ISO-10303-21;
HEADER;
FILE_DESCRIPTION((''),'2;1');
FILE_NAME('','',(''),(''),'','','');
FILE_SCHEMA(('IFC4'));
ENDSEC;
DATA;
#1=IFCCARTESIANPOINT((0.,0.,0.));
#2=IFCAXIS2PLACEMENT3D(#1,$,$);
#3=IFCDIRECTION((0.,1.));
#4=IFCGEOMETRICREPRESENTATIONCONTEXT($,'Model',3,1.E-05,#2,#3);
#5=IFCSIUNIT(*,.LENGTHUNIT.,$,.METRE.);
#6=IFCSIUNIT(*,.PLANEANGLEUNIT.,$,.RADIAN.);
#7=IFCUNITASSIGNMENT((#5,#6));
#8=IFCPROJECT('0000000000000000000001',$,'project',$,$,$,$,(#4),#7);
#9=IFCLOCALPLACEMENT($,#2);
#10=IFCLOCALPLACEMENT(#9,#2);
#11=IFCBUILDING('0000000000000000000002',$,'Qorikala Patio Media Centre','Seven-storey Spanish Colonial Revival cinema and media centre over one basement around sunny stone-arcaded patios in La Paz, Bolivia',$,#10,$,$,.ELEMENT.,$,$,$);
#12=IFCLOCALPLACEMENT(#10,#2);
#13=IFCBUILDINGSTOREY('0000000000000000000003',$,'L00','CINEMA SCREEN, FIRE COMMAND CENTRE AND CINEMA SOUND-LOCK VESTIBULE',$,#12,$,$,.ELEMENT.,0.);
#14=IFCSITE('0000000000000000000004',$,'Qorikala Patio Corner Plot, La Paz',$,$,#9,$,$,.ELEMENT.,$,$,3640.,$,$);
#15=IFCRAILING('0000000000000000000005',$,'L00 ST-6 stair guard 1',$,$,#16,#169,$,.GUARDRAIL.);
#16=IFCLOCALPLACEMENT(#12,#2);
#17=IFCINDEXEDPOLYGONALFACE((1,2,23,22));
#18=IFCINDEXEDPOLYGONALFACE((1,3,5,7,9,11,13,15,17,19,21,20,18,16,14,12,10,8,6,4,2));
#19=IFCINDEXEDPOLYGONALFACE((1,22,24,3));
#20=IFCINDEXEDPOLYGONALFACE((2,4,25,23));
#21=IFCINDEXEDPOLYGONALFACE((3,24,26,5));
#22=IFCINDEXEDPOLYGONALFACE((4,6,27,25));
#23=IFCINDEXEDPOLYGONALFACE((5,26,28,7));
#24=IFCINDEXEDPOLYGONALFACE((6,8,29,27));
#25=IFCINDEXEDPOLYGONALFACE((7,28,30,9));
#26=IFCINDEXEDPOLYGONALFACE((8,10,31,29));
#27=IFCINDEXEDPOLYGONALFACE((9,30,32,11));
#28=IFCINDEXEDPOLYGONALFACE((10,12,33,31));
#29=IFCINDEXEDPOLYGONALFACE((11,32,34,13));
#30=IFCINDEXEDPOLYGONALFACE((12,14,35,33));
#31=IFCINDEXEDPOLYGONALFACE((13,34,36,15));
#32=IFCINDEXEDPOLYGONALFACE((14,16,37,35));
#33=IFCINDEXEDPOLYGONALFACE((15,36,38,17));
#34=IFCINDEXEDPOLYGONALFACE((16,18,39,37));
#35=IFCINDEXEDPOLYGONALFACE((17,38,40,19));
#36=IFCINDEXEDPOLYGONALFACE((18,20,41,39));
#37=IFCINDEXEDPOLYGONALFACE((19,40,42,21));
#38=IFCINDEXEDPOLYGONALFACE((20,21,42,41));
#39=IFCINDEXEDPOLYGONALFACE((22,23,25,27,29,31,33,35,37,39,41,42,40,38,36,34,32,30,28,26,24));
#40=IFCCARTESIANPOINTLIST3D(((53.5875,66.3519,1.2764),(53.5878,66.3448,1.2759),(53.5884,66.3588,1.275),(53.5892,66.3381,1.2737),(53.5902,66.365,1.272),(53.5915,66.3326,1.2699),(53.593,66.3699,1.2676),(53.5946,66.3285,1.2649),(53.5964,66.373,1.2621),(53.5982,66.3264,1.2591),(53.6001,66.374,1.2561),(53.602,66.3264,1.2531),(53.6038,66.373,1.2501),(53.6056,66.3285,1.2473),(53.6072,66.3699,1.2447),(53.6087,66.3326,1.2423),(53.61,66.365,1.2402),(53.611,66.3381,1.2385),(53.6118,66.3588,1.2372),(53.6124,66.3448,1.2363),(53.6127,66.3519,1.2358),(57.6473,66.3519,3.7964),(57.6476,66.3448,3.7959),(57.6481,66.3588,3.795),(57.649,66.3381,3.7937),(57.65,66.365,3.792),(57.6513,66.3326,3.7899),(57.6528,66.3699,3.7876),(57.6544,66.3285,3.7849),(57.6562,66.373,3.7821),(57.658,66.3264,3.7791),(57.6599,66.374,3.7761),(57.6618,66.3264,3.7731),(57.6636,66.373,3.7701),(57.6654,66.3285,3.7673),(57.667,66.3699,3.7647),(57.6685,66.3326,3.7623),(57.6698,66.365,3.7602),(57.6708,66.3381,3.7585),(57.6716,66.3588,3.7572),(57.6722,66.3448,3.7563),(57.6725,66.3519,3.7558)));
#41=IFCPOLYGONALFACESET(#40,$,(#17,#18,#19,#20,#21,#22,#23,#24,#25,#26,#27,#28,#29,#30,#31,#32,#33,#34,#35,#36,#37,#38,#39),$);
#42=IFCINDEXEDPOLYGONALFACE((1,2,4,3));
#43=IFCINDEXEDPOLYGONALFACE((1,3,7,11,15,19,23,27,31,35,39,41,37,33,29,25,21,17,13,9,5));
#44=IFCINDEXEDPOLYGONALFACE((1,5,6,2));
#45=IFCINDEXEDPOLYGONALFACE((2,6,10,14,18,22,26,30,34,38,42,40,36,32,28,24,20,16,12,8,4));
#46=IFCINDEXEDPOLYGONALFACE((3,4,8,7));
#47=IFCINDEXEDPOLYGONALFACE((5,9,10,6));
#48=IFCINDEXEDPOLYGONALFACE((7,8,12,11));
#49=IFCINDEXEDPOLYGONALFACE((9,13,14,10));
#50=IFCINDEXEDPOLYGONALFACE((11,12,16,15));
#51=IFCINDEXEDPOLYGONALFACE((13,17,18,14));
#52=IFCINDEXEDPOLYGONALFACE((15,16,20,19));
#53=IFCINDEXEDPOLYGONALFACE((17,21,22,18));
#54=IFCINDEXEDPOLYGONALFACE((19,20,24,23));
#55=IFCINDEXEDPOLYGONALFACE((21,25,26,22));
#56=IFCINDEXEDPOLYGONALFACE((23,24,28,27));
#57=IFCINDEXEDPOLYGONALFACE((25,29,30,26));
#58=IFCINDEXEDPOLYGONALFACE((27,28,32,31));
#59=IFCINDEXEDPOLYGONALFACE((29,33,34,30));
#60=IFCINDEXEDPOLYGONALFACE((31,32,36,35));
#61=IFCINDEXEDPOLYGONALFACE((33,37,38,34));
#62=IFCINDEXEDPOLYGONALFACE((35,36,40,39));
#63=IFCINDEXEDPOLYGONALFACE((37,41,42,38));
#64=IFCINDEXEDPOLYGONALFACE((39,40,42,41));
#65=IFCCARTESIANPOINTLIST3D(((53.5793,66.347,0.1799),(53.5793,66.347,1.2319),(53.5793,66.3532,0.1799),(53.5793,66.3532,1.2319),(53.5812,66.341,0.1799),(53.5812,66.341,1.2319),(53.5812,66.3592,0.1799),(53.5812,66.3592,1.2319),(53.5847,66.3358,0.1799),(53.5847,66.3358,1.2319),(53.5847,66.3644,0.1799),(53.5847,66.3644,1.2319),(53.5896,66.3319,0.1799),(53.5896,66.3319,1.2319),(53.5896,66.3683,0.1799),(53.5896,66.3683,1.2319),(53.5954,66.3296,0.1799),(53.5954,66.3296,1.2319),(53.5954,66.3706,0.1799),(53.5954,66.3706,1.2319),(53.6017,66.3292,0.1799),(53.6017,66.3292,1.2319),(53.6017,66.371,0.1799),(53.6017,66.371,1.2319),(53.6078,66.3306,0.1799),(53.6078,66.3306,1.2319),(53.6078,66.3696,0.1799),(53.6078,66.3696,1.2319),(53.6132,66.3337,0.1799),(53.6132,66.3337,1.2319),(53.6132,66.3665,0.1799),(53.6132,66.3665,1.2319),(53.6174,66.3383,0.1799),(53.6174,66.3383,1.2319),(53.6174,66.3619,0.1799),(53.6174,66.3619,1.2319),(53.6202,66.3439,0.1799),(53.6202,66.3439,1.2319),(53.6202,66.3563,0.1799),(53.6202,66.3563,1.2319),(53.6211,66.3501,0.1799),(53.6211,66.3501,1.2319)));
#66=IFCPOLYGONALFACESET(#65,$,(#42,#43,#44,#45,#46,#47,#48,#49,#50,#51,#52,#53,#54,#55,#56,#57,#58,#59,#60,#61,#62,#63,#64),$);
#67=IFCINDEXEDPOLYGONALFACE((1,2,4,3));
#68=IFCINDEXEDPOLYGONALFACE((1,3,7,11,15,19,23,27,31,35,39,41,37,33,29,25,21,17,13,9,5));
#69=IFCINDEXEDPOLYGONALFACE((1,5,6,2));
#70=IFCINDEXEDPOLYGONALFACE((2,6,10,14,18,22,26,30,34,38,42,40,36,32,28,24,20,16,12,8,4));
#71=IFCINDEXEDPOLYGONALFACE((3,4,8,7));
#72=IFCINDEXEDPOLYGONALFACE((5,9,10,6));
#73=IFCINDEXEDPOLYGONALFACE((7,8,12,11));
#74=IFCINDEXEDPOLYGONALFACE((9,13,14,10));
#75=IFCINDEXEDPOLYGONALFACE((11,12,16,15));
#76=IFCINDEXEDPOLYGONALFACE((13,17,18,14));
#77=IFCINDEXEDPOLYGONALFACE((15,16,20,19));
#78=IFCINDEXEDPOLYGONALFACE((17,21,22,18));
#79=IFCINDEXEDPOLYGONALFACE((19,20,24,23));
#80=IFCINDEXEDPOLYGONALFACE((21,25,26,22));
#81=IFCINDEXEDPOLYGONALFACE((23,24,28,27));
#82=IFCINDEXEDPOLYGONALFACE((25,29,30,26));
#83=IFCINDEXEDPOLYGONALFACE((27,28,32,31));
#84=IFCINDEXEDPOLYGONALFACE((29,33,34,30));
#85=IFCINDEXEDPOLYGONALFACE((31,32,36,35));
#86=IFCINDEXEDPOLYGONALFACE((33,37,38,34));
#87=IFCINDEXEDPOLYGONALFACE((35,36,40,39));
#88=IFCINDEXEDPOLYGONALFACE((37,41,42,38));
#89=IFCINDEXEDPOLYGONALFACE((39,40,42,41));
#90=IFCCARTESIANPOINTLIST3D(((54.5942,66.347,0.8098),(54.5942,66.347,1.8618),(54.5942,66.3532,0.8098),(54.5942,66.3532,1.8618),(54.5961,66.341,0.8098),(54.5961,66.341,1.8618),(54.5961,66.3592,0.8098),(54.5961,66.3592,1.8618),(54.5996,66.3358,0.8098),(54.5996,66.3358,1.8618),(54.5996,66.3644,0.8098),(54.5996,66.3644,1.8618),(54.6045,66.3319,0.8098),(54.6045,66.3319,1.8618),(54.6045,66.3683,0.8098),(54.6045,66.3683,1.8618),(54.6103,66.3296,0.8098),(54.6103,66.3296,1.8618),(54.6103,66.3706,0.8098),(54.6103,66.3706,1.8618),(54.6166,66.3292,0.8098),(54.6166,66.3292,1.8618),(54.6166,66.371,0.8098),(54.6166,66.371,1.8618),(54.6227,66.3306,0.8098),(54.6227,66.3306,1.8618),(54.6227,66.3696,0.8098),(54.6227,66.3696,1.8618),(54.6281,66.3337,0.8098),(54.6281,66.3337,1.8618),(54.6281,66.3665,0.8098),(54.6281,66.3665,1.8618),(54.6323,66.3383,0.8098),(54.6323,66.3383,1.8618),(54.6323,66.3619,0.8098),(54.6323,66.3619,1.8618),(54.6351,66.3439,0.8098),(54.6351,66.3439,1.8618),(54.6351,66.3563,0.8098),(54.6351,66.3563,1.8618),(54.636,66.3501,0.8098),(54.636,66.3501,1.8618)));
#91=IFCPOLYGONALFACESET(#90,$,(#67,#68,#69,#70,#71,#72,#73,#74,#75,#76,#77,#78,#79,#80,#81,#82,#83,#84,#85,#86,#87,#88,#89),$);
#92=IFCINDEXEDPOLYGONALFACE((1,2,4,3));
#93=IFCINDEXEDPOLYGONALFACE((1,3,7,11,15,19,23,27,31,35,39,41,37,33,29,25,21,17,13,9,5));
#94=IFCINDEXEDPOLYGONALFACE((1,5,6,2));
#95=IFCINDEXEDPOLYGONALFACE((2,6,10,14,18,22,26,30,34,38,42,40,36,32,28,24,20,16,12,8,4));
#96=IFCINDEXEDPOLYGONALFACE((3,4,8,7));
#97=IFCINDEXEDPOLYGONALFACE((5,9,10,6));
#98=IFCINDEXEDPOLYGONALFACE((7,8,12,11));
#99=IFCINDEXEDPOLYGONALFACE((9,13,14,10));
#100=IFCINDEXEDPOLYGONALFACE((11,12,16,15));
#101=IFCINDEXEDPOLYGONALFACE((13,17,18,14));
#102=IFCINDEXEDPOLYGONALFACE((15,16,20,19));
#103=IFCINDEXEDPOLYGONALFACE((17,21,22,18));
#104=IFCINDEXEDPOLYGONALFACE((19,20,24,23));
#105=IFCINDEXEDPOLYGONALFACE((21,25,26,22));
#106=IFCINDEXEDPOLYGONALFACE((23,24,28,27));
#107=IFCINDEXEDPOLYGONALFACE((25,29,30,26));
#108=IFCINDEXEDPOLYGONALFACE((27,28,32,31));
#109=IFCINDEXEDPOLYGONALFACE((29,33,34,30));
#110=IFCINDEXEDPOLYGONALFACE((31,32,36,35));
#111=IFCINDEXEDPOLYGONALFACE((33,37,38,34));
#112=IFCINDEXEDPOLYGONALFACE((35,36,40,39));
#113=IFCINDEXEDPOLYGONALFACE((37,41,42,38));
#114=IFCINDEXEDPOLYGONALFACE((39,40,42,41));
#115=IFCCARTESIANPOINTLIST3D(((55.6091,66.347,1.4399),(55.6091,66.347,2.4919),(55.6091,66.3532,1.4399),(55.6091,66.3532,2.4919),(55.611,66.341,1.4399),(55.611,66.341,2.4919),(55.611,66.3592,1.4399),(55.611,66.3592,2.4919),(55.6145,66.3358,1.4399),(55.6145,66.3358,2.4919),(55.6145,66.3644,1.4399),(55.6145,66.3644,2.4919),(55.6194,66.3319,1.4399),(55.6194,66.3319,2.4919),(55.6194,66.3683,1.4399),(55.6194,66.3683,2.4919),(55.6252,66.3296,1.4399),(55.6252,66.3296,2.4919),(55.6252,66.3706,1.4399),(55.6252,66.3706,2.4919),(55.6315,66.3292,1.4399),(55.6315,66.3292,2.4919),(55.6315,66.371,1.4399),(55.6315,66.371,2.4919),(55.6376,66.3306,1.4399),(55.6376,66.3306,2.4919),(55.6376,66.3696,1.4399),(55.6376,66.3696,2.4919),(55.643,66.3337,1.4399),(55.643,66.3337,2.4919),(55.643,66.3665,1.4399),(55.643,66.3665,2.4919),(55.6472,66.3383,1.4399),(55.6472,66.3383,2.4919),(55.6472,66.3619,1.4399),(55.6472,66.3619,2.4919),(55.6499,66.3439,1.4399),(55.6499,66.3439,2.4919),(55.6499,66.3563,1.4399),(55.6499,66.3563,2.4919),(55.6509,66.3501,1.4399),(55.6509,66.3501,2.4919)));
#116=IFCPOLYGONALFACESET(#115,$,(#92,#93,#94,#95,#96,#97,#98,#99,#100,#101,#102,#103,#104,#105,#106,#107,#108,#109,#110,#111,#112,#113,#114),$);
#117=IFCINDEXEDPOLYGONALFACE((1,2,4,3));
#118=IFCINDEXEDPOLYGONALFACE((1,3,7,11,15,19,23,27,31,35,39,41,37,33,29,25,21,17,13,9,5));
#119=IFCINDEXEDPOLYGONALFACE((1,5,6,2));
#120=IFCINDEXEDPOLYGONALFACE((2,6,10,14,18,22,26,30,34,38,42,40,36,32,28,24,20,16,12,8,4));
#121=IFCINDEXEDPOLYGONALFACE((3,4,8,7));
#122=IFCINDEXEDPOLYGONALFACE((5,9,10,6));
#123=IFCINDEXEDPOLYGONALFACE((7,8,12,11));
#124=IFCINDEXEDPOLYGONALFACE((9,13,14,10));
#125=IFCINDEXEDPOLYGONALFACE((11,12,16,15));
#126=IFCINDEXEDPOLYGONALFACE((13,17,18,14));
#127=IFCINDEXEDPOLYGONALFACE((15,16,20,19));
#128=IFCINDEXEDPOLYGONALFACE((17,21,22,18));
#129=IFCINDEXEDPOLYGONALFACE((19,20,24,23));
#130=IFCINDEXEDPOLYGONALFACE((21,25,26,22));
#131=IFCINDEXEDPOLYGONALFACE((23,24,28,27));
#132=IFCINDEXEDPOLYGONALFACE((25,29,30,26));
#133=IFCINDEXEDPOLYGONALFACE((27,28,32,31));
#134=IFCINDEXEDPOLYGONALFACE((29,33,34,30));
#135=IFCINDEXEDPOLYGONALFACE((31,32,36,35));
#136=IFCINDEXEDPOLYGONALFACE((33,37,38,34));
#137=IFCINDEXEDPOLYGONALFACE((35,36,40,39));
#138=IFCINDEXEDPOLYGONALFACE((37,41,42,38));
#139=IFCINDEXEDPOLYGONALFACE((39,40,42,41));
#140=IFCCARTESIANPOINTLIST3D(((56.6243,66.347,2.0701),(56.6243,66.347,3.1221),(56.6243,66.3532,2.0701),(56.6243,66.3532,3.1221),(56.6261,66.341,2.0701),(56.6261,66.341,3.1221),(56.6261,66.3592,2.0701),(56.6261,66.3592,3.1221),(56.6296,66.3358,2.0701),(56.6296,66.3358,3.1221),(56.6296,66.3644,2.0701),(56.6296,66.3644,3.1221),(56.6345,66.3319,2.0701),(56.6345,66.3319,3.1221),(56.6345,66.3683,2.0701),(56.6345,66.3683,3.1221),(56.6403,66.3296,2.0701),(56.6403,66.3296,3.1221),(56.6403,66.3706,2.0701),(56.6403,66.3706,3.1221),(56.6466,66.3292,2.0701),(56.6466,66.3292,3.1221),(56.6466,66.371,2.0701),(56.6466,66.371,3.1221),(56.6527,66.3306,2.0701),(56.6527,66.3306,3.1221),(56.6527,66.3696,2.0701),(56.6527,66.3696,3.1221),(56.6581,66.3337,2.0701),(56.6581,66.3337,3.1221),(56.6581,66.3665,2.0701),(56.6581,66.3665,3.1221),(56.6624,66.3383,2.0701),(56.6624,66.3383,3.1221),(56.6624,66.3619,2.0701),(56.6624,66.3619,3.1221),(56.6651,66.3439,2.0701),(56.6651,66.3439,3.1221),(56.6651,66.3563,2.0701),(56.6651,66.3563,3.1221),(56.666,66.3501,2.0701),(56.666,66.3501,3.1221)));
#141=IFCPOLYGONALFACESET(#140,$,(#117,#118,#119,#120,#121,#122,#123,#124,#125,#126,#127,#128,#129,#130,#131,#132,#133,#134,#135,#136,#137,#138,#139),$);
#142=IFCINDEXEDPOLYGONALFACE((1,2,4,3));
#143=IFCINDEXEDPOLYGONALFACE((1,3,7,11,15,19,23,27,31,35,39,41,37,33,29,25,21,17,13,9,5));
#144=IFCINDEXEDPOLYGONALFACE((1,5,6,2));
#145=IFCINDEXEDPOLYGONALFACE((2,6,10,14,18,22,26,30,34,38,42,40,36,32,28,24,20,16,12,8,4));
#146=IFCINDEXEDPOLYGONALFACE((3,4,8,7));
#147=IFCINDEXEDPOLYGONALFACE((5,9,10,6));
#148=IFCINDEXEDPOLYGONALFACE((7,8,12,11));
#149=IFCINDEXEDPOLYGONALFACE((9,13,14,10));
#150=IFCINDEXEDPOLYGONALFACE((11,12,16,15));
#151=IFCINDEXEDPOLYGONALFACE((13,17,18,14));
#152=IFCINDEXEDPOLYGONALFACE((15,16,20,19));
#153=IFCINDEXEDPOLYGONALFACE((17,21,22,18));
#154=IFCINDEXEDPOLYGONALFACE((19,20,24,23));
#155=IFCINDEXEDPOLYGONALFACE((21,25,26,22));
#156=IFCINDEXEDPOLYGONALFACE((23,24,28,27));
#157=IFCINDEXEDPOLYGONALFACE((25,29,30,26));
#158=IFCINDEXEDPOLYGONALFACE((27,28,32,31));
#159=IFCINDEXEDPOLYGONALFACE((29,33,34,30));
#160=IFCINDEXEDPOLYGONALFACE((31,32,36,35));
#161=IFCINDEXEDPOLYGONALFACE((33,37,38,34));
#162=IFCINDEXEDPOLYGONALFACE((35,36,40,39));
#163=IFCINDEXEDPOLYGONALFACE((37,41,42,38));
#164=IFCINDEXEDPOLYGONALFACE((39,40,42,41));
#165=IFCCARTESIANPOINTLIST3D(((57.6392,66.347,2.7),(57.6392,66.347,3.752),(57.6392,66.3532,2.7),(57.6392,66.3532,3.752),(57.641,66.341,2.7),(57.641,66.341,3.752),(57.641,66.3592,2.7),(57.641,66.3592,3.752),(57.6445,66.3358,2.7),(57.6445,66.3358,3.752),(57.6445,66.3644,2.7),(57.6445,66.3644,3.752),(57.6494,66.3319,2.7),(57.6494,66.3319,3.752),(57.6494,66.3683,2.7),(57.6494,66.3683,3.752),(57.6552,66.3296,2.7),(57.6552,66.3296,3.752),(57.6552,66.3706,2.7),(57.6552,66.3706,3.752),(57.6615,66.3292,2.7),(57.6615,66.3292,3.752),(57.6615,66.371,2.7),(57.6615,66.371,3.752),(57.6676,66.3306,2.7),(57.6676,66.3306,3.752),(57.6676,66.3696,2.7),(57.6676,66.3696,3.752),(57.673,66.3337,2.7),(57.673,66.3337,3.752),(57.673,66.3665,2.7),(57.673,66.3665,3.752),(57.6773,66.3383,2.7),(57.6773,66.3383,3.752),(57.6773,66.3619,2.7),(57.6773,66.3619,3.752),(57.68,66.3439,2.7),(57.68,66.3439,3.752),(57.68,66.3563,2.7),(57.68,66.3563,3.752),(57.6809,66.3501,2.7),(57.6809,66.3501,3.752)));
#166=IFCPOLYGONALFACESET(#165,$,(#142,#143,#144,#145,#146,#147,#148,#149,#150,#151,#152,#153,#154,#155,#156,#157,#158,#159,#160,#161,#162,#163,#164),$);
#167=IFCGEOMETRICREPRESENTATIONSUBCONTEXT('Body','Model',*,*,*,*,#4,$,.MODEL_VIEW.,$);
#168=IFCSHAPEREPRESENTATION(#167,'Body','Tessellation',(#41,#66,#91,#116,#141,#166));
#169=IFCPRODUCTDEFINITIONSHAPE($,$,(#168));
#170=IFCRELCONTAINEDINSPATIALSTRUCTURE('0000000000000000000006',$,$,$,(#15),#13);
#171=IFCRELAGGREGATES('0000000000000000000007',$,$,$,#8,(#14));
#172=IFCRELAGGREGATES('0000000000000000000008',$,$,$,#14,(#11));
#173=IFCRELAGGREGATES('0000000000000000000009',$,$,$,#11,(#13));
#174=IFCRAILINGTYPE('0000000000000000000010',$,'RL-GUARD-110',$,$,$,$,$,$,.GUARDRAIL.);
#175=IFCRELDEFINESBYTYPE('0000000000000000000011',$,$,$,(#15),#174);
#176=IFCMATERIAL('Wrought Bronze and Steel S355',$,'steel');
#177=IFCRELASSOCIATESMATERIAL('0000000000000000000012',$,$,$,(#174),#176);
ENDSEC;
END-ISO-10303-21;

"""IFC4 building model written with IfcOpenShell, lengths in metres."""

from ifc_helpers import new_model, si_unit, direction, frame, origin, origin_2d, place, context, subcontext, project, spatial, circle, extrude, material, type_object, element, save


model = new_model("IFC4")

# Units and contexts
model_context = context("Model", 3, precision=1e-05, world=origin(), true_north=direction((0.0, 1.0)))
body_context = subcontext(model_context, "Body", "Model", "MODEL_VIEW")
ifc_project = project(units=[si_unit("LENGTHUNIT", "METRE"), si_unit("PLANEANGLEUNIT", "RADIAN")], contexts=[model_context])

# Site, building, storey
site_placement = place(None, origin())
site = spatial("IfcSite", under=ifc_project, at=site_placement, Name="Qorikala Patio Corner Plot, La Paz", CompositionType="ELEMENT", RefElevation=3640.0)
building_placement = place(site_placement, origin())
building = spatial("IfcBuilding", under=site, at=building_placement, Name="Qorikala Patio Media Centre", Description="Seven-storey Spanish Colonial Revival cinema and media centre over one basement around sunny stone-arcaded patios in La Paz, Bolivia", CompositionType="ELEMENT")
storey_placement = place(building_placement, origin())
storey = spatial("IfcBuildingStorey", under=building, at=storey_placement, Name="L00", Description="CINEMA SCREEN, FIRE COMMAND CENTRE AND CINEMA SOUND-LOCK VESTIBULE", CompositionType="ELEMENT", Elevation=0.0)

# Railing
ifc_material_1 = material(Name="Wrought Bronze and Steel S355", Category="steel")
railing_type_1 = type_object("IfcRailingType", Name="RL-GUARD-110", PredefinedType="GUARDRAIL", material=ifc_material_1)
railing_1_placement = place(storey_placement, frame((53.6001, 66.3501, 0.1799)))
element("IfcRailing", 1, at=railing_1_placement, inside=storey, type_object=railing_type_1, Name="L00 ST-6 stair guard 1", PredefinedType="GUARDRAIL", context=body_context, shape_type="SweptSolid", body=[
    extrude(circle(Radius=0.0239, at=origin_2d()), frame((0.0, 0.0, 1.0762), z_axis=(0.849628, 0.0, 0.527383), x_axis=(0.0, 1.0, 0.0)), (0.0, 0.0, 1.0), 4.7783),
    extrude(circle(Radius=0.021, at=origin_2d()), origin(), (0.0, 0.0, 1.0), 1.052),
    extrude(circle(Radius=0.021, at=origin_2d()), frame((1.0149, 0.0, 0.6299)), (0.0, 0.0, 1.0), 1.052),
    extrude(circle(Radius=0.021, at=origin_2d()), frame((2.0298, 0.0, 1.26)), (0.0, 0.0, 1.0), 1.052),
    extrude(circle(Radius=0.021, at=origin_2d()), frame((3.0449, 0.0, 1.8901)), (0.0, 0.0, 1.0), 1.052),
    extrude(circle(Radius=0.021, at=origin_2d()), frame((4.0598, 0.0, 2.52)), (0.0, 0.0, 1.0), 1.052),
])

save(model, "model.ifc")
